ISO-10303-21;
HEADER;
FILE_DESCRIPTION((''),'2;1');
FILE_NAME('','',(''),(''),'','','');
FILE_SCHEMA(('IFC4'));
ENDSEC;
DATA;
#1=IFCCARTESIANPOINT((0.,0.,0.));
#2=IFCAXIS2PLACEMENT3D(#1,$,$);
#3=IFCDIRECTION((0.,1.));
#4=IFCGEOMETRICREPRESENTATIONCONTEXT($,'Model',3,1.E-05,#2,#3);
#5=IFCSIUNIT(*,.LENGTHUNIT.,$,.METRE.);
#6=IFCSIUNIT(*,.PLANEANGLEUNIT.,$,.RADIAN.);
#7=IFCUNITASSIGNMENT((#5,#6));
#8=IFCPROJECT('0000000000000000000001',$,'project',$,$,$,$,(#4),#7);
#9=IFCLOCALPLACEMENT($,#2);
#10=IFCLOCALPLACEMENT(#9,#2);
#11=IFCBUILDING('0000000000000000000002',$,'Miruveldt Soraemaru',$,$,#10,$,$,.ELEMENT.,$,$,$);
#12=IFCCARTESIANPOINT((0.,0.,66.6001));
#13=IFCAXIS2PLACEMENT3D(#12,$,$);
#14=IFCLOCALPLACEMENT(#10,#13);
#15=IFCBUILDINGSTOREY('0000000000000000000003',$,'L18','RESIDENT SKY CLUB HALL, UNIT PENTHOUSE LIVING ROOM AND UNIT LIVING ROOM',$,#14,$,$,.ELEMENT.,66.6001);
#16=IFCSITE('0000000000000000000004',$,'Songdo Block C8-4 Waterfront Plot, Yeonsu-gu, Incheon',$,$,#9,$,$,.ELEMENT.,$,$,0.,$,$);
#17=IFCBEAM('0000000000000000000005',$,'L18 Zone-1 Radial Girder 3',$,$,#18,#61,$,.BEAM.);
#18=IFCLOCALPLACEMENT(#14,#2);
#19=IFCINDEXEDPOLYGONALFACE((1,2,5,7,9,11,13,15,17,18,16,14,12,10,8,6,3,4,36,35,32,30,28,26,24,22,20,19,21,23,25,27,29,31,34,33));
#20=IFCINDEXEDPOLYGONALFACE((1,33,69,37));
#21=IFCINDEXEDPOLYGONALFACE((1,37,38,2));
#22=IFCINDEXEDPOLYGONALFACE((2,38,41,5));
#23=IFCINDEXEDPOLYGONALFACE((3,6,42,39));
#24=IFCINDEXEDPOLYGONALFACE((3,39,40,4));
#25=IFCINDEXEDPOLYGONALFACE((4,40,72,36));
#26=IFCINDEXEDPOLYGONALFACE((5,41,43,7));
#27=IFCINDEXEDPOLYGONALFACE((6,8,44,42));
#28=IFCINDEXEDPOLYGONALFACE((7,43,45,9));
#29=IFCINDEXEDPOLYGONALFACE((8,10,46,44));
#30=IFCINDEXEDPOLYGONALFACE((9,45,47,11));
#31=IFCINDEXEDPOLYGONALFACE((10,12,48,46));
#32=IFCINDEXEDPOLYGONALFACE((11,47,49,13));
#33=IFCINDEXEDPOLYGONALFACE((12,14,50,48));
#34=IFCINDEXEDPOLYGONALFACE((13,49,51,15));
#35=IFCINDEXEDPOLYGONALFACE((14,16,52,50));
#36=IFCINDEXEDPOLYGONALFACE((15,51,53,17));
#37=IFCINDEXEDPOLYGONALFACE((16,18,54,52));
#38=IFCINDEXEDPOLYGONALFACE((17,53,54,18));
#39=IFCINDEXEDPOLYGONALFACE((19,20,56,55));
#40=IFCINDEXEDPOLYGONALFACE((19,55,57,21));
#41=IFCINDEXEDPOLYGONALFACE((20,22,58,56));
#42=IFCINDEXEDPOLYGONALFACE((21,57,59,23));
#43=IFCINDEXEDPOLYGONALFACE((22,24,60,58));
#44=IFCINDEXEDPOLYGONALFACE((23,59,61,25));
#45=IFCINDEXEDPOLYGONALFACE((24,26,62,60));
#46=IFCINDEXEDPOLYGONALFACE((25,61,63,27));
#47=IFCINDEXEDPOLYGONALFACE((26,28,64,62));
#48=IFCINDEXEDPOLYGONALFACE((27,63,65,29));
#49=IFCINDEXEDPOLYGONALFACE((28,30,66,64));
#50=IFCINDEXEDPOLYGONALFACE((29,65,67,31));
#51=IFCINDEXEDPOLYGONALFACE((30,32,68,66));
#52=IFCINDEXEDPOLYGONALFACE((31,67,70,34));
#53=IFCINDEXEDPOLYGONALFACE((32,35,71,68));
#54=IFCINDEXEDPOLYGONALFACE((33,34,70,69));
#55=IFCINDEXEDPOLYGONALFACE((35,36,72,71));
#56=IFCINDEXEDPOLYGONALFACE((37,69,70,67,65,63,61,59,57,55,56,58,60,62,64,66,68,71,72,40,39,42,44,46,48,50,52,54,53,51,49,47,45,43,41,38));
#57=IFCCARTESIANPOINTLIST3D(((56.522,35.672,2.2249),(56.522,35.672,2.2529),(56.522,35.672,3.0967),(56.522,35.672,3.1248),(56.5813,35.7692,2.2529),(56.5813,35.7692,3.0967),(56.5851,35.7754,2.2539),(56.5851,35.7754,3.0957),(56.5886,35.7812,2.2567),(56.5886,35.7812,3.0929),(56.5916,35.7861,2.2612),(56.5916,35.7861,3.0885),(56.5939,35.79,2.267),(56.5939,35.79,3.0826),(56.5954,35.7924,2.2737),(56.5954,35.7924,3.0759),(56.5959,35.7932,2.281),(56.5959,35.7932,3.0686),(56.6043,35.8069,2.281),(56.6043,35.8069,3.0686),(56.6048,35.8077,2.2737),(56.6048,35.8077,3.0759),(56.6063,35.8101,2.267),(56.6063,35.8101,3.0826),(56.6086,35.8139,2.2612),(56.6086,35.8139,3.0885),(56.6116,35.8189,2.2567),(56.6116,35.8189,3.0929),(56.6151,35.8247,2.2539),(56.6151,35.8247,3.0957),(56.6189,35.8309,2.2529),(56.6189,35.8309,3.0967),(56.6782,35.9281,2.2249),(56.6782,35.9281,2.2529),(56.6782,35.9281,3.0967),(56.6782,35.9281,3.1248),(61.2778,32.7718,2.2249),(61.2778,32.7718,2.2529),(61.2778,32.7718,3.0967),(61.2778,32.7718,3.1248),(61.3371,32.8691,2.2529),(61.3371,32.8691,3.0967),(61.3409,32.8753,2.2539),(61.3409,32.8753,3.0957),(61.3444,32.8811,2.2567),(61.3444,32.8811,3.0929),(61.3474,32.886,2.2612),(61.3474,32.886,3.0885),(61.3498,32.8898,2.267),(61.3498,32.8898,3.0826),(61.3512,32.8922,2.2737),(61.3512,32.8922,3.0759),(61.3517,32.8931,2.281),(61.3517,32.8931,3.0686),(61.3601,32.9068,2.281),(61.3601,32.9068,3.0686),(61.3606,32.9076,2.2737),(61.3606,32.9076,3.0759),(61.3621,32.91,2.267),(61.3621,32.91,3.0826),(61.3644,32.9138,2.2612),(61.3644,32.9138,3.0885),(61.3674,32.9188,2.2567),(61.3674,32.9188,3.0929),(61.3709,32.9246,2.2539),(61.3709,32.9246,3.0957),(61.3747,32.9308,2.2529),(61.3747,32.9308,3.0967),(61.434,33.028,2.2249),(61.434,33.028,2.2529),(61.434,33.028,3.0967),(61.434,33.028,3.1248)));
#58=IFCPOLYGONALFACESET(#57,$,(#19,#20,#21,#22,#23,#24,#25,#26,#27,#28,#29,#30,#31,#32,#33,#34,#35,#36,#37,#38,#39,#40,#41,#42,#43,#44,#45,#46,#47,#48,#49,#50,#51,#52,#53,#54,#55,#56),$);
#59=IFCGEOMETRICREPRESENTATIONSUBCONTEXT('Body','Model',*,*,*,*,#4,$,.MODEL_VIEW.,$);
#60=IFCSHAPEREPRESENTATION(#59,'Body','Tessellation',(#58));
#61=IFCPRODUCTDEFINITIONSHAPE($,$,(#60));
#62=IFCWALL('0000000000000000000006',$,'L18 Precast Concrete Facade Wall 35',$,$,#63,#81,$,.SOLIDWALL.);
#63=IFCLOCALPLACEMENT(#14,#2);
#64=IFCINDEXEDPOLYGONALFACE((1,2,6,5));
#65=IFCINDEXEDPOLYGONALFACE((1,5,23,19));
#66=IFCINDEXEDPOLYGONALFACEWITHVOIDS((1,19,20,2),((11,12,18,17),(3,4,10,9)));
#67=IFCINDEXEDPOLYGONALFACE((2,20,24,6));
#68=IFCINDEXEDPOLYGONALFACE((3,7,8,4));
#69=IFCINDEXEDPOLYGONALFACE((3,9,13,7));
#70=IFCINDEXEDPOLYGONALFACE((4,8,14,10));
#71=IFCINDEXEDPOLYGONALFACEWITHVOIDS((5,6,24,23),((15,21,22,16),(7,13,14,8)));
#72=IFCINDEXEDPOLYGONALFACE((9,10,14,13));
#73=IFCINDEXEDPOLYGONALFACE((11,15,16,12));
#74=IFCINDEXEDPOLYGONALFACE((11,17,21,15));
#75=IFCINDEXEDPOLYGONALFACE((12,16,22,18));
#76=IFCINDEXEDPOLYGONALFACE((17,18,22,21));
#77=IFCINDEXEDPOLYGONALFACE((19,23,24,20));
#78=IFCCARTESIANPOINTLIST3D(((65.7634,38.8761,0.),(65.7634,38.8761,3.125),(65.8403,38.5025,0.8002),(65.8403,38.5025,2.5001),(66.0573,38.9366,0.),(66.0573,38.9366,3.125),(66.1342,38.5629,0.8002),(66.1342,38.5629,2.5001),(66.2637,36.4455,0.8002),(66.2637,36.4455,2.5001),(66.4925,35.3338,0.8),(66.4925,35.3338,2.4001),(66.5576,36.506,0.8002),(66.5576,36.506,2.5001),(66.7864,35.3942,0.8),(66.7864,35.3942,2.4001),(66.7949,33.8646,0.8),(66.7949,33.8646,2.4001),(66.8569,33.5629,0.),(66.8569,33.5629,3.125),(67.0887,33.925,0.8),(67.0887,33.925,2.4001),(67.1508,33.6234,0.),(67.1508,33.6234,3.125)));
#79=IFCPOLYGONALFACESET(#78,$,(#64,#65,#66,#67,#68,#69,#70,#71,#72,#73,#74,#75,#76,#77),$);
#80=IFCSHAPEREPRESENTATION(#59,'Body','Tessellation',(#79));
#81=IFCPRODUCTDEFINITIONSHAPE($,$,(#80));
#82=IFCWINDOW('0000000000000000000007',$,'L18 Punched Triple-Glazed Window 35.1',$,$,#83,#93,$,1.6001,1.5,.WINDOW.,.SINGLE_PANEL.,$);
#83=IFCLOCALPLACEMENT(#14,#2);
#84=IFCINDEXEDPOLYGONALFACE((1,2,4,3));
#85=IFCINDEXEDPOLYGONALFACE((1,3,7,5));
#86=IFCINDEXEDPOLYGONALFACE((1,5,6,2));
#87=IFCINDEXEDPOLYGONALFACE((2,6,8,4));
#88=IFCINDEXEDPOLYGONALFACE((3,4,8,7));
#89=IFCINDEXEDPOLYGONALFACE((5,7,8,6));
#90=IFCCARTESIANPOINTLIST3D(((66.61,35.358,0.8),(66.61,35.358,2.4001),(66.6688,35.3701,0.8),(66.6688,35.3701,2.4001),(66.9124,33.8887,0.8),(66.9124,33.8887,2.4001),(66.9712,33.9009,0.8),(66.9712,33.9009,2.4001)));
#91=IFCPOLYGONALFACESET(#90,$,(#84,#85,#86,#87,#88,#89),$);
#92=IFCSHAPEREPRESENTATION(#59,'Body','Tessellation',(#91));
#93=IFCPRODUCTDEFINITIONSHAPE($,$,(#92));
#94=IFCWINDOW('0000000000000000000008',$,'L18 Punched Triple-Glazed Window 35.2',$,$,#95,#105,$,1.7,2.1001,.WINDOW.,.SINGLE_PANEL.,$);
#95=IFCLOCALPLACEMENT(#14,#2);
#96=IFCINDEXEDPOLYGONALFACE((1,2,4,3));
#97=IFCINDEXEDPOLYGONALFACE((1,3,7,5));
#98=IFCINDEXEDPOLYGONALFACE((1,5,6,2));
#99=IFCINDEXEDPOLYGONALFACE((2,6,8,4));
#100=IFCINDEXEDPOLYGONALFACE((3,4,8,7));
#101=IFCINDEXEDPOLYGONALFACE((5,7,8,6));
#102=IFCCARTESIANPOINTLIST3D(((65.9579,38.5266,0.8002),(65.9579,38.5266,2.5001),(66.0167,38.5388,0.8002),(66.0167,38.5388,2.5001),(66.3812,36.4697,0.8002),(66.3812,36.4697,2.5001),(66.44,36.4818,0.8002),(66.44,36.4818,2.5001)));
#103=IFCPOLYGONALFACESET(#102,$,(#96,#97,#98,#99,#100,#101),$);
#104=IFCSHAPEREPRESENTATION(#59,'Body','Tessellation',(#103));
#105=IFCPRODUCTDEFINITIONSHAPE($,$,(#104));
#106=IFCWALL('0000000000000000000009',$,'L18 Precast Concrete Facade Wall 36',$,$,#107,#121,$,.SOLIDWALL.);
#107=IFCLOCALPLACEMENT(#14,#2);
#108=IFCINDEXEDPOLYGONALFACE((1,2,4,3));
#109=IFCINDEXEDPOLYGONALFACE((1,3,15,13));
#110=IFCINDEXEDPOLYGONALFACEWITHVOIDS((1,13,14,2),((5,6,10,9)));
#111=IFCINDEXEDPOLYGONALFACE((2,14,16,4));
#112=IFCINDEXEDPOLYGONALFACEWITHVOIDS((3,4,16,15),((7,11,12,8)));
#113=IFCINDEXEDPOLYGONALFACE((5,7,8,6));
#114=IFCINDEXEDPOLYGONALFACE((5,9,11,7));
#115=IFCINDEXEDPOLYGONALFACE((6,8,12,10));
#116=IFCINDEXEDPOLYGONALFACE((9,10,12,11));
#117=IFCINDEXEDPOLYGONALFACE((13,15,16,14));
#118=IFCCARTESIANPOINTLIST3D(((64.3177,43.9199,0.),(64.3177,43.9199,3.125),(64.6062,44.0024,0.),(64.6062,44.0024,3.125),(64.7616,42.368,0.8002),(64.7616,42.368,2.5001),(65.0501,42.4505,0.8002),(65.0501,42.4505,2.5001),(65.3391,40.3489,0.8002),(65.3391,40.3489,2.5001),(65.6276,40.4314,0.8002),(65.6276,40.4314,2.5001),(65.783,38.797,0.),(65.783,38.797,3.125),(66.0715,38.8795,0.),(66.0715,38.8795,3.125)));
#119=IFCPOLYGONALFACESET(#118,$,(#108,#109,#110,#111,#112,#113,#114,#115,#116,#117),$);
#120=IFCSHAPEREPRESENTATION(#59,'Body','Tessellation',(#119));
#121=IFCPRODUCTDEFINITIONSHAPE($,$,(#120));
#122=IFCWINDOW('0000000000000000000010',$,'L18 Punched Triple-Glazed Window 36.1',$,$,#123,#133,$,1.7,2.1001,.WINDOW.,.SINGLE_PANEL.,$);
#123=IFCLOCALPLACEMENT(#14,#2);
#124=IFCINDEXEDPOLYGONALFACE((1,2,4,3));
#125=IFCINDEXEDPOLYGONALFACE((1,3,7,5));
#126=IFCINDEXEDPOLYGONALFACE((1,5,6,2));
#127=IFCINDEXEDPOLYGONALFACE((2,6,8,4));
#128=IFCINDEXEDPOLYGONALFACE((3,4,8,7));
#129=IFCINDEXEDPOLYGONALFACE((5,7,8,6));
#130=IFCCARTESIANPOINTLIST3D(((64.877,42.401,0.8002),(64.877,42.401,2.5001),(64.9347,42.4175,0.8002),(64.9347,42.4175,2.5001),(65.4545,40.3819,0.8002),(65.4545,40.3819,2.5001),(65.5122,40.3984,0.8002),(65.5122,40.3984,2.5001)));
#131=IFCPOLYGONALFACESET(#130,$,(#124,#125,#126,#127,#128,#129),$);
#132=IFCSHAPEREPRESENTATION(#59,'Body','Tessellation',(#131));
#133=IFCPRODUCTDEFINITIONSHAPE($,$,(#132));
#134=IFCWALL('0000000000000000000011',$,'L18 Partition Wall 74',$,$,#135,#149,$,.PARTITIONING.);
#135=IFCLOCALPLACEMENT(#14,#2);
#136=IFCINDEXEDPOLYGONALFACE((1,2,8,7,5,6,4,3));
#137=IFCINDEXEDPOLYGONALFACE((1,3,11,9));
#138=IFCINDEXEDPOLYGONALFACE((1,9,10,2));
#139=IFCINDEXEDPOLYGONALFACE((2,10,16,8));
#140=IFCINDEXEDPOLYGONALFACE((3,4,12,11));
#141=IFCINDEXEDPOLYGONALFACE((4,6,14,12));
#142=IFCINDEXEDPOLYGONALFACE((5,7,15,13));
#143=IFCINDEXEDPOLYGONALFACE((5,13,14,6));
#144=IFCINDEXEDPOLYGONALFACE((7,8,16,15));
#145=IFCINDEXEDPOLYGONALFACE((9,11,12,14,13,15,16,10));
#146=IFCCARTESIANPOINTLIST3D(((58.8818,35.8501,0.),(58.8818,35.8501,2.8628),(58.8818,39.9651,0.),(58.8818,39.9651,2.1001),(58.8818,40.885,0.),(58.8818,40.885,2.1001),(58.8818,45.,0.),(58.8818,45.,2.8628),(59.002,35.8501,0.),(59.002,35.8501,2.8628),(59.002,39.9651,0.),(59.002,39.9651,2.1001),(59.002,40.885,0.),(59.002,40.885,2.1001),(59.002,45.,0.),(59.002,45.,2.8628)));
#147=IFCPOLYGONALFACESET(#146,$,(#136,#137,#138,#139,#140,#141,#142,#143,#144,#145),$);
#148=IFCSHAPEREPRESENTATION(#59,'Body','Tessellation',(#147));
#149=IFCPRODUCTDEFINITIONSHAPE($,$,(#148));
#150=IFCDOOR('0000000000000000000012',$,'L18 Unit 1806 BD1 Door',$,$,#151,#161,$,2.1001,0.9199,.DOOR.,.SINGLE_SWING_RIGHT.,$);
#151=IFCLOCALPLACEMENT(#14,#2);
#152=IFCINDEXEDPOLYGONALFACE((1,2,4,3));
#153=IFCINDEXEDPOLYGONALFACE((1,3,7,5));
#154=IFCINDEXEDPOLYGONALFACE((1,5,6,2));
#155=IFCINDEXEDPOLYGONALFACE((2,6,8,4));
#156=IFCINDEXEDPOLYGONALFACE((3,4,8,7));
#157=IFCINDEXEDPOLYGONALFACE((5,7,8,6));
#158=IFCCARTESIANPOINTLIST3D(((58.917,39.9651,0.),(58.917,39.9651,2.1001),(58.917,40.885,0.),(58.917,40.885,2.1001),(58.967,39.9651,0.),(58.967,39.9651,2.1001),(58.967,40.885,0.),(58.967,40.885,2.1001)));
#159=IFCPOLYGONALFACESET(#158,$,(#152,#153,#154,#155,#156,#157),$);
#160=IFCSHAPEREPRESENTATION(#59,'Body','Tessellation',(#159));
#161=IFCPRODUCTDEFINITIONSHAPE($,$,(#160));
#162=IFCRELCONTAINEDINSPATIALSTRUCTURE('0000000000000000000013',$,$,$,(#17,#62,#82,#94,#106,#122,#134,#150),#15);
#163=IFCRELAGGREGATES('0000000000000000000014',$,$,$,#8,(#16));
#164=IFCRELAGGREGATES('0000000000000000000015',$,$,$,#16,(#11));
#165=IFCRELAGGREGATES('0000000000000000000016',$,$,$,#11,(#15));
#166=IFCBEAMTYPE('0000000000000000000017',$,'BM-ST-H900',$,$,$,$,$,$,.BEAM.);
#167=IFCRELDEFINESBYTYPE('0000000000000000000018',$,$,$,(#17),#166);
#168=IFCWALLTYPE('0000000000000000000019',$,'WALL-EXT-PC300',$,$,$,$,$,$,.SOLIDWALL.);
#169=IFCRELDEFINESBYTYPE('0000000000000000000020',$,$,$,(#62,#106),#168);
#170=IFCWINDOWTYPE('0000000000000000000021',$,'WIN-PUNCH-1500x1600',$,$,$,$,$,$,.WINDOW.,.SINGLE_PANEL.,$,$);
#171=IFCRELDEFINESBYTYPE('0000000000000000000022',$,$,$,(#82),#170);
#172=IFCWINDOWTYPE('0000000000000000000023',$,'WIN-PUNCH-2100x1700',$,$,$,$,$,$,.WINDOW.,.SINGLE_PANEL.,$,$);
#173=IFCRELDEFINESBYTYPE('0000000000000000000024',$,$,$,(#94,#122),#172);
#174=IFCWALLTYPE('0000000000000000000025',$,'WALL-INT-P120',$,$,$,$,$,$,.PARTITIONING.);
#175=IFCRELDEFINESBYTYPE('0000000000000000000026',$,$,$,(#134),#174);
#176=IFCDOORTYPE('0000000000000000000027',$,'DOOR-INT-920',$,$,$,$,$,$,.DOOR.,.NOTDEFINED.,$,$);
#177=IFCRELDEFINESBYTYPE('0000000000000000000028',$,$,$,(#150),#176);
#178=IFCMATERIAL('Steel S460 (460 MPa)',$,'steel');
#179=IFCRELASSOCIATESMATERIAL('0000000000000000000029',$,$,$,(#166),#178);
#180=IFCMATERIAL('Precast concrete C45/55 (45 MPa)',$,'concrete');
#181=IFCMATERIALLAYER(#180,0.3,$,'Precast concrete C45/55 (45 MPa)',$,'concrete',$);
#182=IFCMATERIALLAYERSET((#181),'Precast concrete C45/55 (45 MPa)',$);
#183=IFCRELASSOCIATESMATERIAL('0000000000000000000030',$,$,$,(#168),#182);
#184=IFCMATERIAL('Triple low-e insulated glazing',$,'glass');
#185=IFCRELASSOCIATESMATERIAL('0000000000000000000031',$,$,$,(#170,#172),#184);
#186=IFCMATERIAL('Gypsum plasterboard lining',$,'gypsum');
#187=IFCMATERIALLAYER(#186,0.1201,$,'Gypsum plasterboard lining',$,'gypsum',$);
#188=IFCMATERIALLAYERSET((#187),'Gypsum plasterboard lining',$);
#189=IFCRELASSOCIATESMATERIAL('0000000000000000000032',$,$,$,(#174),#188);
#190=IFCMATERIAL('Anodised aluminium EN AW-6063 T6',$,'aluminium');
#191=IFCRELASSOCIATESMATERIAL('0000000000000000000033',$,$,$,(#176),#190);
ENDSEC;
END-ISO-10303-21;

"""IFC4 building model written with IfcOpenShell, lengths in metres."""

from ifc_helpers import new_model, si_unit, direction, frame, frame_2d, origin, origin_2d, place, context, subcontext, project, spatial, rectangle, i_section, extrude, material, layer, layer_set, material_profile, profile_set, type_object, element, fill, save


model = new_model("IFC4")

# Units and contexts
model_context = context("Model", 3, precision=1e-05, world=origin(), true_north=direction((0.0, 1.0)))
body_context = subcontext(model_context, "Body", "Model", "MODEL_VIEW")
ifc_project = project(units=[si_unit("LENGTHUNIT", "METRE"), si_unit("PLANEANGLEUNIT", "RADIAN")], contexts=[model_context])

# Site, building, storey
site_placement = place(None, origin())
site = spatial("IfcSite", under=ifc_project, at=site_placement, Name="Songdo Block C8-4 Waterfront Plot, Yeonsu-gu, Incheon", CompositionType="ELEMENT", RefElevation=0.0)
building_placement = place(site_placement, origin())
building = spatial("IfcBuilding", under=site, at=building_placement, Name="Miruveldt Soraemaru", CompositionType="ELEMENT")
storey_placement = place(building_placement, frame((0.0, 0.0, 66.6001)))
storey = spatial("IfcBuildingStorey", under=building, at=storey_placement, Name="L18", Description="RESIDENT SKY CLUB HALL, UNIT PENTHOUSE LIVING ROOM AND UNIT LIVING ROOM", CompositionType="ELEMENT", Elevation=66.6001)

# Beam
ifc_material_1 = material(Name="Steel S460 (460 MPa)", Category="steel")
ifc_material_profile_1 = material_profile(ifc_material_1, i_section(OverallWidth=0.3, OverallDepth=0.8999, WebThickness=0.0161, FlangeThickness=0.0281, FilletRadius=0.0281, at=origin_2d()), Name="Steel S460 (460 MPa)", Category="steel")
ifc_profile_set_1 = profile_set([ifc_material_profile_1], Name="Steel S460 (460 MPa)")
beam_type_1 = type_object("IfcBeamType", Name="BM-ST-H900", PredefinedType="BEAM", material=ifc_profile_set_1)
beam_1_placement = place(storey_placement, frame((56.6001, 35.8, 2.6748), z_axis=(0.853778, -0.520638, 0.0), x_axis=(0.520638, 0.853778, 0.0)))
element("IfcBeam", 1, at=beam_1_placement, inside=storey, type_object=beam_type_1, Name="L18 Zone-1 Radial Girder 3", PredefinedType="BEAM", context=body_context, shape_type="SweptSolid", body=[
    extrude(i_section(OverallWidth=0.3, OverallDepth=0.8999, WebThickness=0.0161, FlangeThickness=0.0281, FilletRadius=0.0281, at=origin_2d()), origin(), (0.0, 0.0, 1.0), 5.5703),
])

# Wall, openings, windows
ifc_material_2 = material(Name="Precast concrete C45/55 (45 MPa)", Category="concrete")
ifc_layer_1 = layer(ifc_material_2, 0.3, Name="Precast concrete C45/55 (45 MPa)", Category="concrete")
ifc_layer_set_1 = layer_set([ifc_layer_1], Name="Precast concrete C45/55 (45 MPa)")
wall_type_1 = type_object("IfcWallType", Name="WALL-EXT-PC300", PredefinedType="SOLIDWALL", material=ifc_layer_set_1)
wall_1_placement = place(storey_placement, frame((67.0039, 33.593, 0.0), z_axis=(0.0, 0.0, 1.0), x_axis=(-0.201583, 0.979471, 0.0)))
wall_1 = element("IfcWall", 2, at=wall_1_placement, inside=storey, type_object=wall_type_1, Name="L18 Precast Concrete Facade Wall 35", PredefinedType="SOLIDWALL", context=body_context, shape_type="SweptSolid", body=[
    extrude(rectangle(XDim=5.4246, YDim=0.3, at=frame_2d((2.7124, 0.0))), origin(), (0.0, 0.0, 1.0), 3.125),
])
opening_1_placement = place(wall_1_placement, frame((0.3081, 0.0, 0.8)))
opening_1 = element("IfcOpeningElement", 3, at=opening_1_placement, cuts=wall_1, PredefinedType="OPENING", context=body_context, shape_type="SweptSolid", body=[
    extrude(rectangle(XDim=1.5, YDim=1.6001, at=frame_2d((0.75, 0.8))), frame((0.0, 0.1602, 0.0), z_axis=(0.0, -1.0, 0.0), x_axis=(1.0, 0.0, 0.0)), (0.0, 0.0, 1.0), 0.3201),
])
opening_2_placement = place(wall_1_placement, frame((2.9431, 0.0, 0.8)))
opening_2 = element("IfcOpeningElement", 4, at=opening_2_placement, cuts=wall_1, PredefinedType="OPENING", context=body_context, shape_type="SweptSolid", body=[
    extrude(rectangle(XDim=2.1001, YDim=1.7, at=frame_2d((1.05, 0.8501))), frame((0.0, 0.1602, 0.0), z_axis=(0.0, -1.0, 0.0), x_axis=(1.0, 0.0, 0.0)), (0.0, 0.0, 1.0), 0.3201),
])
ifc_material_3 = material(Name="Triple low-e insulated glazing", Category="glass")
window_type_1 = type_object("IfcWindowType", Name="WIN-PUNCH-1500x1600", PartitioningType="SINGLE_PANEL", PredefinedType="WINDOW", material=ifc_material_3)
window_1_placement = place(opening_1_placement, origin())
window_1 = element("IfcWindow", 5, at=window_1_placement, inside=storey, type_object=window_type_1, Name="L18 Punched Triple-Glazed Window 35.1", OverallHeight=1.6001, OverallWidth=1.5, PartitioningType="SINGLE_PANEL", PredefinedType="WINDOW", context=body_context, shape_type="SweptSolid", body=[
    extrude(rectangle(XDim=1.5, YDim=1.6001, at=frame_2d((0.75, 0.8))), frame((0.0, 0.03, 0.0), z_axis=(0.0, -1.0, 0.0), x_axis=(1.0, 0.0, 0.0)), (0.0, 0.0, 1.0), 0.0601),
])
fill(opening_1, window_1)
window_type_2 = type_object("IfcWindowType", Name="WIN-PUNCH-2100x1700", PartitioningType="SINGLE_PANEL", PredefinedType="WINDOW", material=ifc_material_3)
window_2_placement = place(opening_2_placement, origin())
window_2 = element("IfcWindow", 6, at=window_2_placement, inside=storey, type_object=window_type_2, Name="L18 Punched Triple-Glazed Window 35.2", OverallHeight=1.7, OverallWidth=2.1001, PartitioningType="SINGLE_PANEL", PredefinedType="WINDOW", context=body_context, shape_type="SweptSolid", body=[
    extrude(rectangle(XDim=2.1001, YDim=1.7, at=frame_2d((1.05, 0.8501))), frame((0.0, 0.03, 0.0), z_axis=(0.0, -1.0, 0.0), x_axis=(1.0, 0.0, 0.0)), (0.0, 0.0, 1.0), 0.0601),
])
fill(opening_2, window_2)

# Wall, opening, window
wall_2_placement = place(storey_placement, frame((65.9272, 38.8384, 0.0), z_axis=(0.0, 0.0, 1.0), x_axis=(-0.275012, 0.961441, 0.0)))
wall_2 = element("IfcWall", 7, at=wall_2_placement, inside=storey, type_object=wall_type_1, Name="L18 Precast Concrete Facade Wall 36", PredefinedType="SOLIDWALL", context=body_context, shape_type="SweptSolid", body=[
    extrude(rectangle(XDim=5.3284, YDim=0.3, at=frame_2d((2.6641, 0.0))), origin(), (0.0, 0.0, 1.0), 3.125),
])
opening_3_placement = place(wall_2_placement, frame((1.614, 0.0, 0.8)))
opening_3 = element("IfcOpeningElement", 8, at=opening_3_placement, cuts=wall_2, PredefinedType="OPENING", context=body_context, shape_type="SweptSolid", body=[
    extrude(rectangle(XDim=2.1001, YDim=1.7, at=frame_2d((1.05, 0.8501))), frame((0.0, 0.1602, 0.0), z_axis=(0.0, -1.0, 0.0), x_axis=(1.0, 0.0, 0.0)), (0.0, 0.0, 1.0), 0.3201),
])
window_3_placement = place(opening_3_placement, origin())
window_3 = element("IfcWindow", 9, at=window_3_placement, inside=storey, type_object=window_type_2, Name="L18 Punched Triple-Glazed Window 36.1", OverallHeight=1.7, OverallWidth=2.1001, PartitioningType="SINGLE_PANEL", PredefinedType="WINDOW", context=body_context, shape_type="SweptSolid", body=[
    extrude(rectangle(XDim=2.1001, YDim=1.7, at=frame_2d((1.05, 0.8501))), frame((0.0, 0.03, 0.0), z_axis=(0.0, -1.0, 0.0), x_axis=(1.0, 0.0, 0.0)), (0.0, 0.0, 1.0), 0.0601),
])
fill(opening_3, window_3)

# Wall, opening, door
ifc_material_4 = material(Name="Gypsum plasterboard lining", Category="gypsum")
ifc_layer_2 = layer(ifc_material_4, 0.1201, Name="Gypsum plasterboard lining", Category="gypsum")
ifc_layer_set_2 = layer_set([ifc_layer_2], Name="Gypsum plasterboard lining")
wall_type_2 = type_object("IfcWallType", Name="WALL-INT-P120", PredefinedType="PARTITIONING", material=ifc_layer_set_2)
wall_3_placement = place(storey_placement, frame((58.9419, 35.8501, 0.0), z_axis=(0.0, 0.0, 1.0), x_axis=(0.0, 1.0, 0.0)))
wall_3 = element("IfcWall", 10, at=wall_3_placement, inside=storey, type_object=wall_type_2, Name="L18 Partition Wall 74", PredefinedType="PARTITIONING", context=body_context, shape_type="SweptSolid", body=[
    extrude(rectangle(XDim=9.1499, YDim=0.1201, at=frame_2d((4.575, 0.0))), origin(), (0.0, 0.0, 1.0), 2.8628),
])
opening_4_placement = place(wall_3_placement, frame((4.115, 0.0, 0.0)))
opening_4 = element("IfcOpeningElement", 11, at=opening_4_placement, cuts=wall_3, PredefinedType="OPENING", context=body_context, shape_type="SweptSolid", body=[
    extrude(rectangle(XDim=0.9199, YDim=2.1001, at=frame_2d((0.46, 1.05))), frame((0.0, 0.0701, 0.0), z_axis=(0.0, -1.0, 0.0), x_axis=(1.0, 0.0, 0.0)), (0.0, 0.0, 1.0), 0.1401),
])
ifc_material_5 = material(Name="Anodised aluminium EN AW-6063 T6", Category="aluminium")
door_type_1 = type_object("IfcDoorType", Name="DOOR-INT-920", OperationType="NOTDEFINED", PredefinedType="DOOR", material=ifc_material_5)
door_1_placement = place(opening_4_placement, origin())
door_1 = element("IfcDoor", 12, at=door_1_placement, inside=storey, type_object=door_type_1, Name="L18 Unit 1806 BD1 Door", OperationType="SINGLE_SWING_RIGHT", OverallHeight=2.1001, OverallWidth=0.9199, PredefinedType="DOOR", context=body_context, shape_type="SweptSolid", body=[
    extrude(rectangle(XDim=0.9199, YDim=2.1001, at=frame_2d((0.46, 1.05))), frame((0.0, 0.0249, 0.0), z_axis=(0.0, -1.0, 0.0), x_axis=(1.0, 0.0, 0.0)), (0.0, 0.0, 1.0), 0.05),
])
fill(opening_4, door_1)

save(model, "model.ifc")
